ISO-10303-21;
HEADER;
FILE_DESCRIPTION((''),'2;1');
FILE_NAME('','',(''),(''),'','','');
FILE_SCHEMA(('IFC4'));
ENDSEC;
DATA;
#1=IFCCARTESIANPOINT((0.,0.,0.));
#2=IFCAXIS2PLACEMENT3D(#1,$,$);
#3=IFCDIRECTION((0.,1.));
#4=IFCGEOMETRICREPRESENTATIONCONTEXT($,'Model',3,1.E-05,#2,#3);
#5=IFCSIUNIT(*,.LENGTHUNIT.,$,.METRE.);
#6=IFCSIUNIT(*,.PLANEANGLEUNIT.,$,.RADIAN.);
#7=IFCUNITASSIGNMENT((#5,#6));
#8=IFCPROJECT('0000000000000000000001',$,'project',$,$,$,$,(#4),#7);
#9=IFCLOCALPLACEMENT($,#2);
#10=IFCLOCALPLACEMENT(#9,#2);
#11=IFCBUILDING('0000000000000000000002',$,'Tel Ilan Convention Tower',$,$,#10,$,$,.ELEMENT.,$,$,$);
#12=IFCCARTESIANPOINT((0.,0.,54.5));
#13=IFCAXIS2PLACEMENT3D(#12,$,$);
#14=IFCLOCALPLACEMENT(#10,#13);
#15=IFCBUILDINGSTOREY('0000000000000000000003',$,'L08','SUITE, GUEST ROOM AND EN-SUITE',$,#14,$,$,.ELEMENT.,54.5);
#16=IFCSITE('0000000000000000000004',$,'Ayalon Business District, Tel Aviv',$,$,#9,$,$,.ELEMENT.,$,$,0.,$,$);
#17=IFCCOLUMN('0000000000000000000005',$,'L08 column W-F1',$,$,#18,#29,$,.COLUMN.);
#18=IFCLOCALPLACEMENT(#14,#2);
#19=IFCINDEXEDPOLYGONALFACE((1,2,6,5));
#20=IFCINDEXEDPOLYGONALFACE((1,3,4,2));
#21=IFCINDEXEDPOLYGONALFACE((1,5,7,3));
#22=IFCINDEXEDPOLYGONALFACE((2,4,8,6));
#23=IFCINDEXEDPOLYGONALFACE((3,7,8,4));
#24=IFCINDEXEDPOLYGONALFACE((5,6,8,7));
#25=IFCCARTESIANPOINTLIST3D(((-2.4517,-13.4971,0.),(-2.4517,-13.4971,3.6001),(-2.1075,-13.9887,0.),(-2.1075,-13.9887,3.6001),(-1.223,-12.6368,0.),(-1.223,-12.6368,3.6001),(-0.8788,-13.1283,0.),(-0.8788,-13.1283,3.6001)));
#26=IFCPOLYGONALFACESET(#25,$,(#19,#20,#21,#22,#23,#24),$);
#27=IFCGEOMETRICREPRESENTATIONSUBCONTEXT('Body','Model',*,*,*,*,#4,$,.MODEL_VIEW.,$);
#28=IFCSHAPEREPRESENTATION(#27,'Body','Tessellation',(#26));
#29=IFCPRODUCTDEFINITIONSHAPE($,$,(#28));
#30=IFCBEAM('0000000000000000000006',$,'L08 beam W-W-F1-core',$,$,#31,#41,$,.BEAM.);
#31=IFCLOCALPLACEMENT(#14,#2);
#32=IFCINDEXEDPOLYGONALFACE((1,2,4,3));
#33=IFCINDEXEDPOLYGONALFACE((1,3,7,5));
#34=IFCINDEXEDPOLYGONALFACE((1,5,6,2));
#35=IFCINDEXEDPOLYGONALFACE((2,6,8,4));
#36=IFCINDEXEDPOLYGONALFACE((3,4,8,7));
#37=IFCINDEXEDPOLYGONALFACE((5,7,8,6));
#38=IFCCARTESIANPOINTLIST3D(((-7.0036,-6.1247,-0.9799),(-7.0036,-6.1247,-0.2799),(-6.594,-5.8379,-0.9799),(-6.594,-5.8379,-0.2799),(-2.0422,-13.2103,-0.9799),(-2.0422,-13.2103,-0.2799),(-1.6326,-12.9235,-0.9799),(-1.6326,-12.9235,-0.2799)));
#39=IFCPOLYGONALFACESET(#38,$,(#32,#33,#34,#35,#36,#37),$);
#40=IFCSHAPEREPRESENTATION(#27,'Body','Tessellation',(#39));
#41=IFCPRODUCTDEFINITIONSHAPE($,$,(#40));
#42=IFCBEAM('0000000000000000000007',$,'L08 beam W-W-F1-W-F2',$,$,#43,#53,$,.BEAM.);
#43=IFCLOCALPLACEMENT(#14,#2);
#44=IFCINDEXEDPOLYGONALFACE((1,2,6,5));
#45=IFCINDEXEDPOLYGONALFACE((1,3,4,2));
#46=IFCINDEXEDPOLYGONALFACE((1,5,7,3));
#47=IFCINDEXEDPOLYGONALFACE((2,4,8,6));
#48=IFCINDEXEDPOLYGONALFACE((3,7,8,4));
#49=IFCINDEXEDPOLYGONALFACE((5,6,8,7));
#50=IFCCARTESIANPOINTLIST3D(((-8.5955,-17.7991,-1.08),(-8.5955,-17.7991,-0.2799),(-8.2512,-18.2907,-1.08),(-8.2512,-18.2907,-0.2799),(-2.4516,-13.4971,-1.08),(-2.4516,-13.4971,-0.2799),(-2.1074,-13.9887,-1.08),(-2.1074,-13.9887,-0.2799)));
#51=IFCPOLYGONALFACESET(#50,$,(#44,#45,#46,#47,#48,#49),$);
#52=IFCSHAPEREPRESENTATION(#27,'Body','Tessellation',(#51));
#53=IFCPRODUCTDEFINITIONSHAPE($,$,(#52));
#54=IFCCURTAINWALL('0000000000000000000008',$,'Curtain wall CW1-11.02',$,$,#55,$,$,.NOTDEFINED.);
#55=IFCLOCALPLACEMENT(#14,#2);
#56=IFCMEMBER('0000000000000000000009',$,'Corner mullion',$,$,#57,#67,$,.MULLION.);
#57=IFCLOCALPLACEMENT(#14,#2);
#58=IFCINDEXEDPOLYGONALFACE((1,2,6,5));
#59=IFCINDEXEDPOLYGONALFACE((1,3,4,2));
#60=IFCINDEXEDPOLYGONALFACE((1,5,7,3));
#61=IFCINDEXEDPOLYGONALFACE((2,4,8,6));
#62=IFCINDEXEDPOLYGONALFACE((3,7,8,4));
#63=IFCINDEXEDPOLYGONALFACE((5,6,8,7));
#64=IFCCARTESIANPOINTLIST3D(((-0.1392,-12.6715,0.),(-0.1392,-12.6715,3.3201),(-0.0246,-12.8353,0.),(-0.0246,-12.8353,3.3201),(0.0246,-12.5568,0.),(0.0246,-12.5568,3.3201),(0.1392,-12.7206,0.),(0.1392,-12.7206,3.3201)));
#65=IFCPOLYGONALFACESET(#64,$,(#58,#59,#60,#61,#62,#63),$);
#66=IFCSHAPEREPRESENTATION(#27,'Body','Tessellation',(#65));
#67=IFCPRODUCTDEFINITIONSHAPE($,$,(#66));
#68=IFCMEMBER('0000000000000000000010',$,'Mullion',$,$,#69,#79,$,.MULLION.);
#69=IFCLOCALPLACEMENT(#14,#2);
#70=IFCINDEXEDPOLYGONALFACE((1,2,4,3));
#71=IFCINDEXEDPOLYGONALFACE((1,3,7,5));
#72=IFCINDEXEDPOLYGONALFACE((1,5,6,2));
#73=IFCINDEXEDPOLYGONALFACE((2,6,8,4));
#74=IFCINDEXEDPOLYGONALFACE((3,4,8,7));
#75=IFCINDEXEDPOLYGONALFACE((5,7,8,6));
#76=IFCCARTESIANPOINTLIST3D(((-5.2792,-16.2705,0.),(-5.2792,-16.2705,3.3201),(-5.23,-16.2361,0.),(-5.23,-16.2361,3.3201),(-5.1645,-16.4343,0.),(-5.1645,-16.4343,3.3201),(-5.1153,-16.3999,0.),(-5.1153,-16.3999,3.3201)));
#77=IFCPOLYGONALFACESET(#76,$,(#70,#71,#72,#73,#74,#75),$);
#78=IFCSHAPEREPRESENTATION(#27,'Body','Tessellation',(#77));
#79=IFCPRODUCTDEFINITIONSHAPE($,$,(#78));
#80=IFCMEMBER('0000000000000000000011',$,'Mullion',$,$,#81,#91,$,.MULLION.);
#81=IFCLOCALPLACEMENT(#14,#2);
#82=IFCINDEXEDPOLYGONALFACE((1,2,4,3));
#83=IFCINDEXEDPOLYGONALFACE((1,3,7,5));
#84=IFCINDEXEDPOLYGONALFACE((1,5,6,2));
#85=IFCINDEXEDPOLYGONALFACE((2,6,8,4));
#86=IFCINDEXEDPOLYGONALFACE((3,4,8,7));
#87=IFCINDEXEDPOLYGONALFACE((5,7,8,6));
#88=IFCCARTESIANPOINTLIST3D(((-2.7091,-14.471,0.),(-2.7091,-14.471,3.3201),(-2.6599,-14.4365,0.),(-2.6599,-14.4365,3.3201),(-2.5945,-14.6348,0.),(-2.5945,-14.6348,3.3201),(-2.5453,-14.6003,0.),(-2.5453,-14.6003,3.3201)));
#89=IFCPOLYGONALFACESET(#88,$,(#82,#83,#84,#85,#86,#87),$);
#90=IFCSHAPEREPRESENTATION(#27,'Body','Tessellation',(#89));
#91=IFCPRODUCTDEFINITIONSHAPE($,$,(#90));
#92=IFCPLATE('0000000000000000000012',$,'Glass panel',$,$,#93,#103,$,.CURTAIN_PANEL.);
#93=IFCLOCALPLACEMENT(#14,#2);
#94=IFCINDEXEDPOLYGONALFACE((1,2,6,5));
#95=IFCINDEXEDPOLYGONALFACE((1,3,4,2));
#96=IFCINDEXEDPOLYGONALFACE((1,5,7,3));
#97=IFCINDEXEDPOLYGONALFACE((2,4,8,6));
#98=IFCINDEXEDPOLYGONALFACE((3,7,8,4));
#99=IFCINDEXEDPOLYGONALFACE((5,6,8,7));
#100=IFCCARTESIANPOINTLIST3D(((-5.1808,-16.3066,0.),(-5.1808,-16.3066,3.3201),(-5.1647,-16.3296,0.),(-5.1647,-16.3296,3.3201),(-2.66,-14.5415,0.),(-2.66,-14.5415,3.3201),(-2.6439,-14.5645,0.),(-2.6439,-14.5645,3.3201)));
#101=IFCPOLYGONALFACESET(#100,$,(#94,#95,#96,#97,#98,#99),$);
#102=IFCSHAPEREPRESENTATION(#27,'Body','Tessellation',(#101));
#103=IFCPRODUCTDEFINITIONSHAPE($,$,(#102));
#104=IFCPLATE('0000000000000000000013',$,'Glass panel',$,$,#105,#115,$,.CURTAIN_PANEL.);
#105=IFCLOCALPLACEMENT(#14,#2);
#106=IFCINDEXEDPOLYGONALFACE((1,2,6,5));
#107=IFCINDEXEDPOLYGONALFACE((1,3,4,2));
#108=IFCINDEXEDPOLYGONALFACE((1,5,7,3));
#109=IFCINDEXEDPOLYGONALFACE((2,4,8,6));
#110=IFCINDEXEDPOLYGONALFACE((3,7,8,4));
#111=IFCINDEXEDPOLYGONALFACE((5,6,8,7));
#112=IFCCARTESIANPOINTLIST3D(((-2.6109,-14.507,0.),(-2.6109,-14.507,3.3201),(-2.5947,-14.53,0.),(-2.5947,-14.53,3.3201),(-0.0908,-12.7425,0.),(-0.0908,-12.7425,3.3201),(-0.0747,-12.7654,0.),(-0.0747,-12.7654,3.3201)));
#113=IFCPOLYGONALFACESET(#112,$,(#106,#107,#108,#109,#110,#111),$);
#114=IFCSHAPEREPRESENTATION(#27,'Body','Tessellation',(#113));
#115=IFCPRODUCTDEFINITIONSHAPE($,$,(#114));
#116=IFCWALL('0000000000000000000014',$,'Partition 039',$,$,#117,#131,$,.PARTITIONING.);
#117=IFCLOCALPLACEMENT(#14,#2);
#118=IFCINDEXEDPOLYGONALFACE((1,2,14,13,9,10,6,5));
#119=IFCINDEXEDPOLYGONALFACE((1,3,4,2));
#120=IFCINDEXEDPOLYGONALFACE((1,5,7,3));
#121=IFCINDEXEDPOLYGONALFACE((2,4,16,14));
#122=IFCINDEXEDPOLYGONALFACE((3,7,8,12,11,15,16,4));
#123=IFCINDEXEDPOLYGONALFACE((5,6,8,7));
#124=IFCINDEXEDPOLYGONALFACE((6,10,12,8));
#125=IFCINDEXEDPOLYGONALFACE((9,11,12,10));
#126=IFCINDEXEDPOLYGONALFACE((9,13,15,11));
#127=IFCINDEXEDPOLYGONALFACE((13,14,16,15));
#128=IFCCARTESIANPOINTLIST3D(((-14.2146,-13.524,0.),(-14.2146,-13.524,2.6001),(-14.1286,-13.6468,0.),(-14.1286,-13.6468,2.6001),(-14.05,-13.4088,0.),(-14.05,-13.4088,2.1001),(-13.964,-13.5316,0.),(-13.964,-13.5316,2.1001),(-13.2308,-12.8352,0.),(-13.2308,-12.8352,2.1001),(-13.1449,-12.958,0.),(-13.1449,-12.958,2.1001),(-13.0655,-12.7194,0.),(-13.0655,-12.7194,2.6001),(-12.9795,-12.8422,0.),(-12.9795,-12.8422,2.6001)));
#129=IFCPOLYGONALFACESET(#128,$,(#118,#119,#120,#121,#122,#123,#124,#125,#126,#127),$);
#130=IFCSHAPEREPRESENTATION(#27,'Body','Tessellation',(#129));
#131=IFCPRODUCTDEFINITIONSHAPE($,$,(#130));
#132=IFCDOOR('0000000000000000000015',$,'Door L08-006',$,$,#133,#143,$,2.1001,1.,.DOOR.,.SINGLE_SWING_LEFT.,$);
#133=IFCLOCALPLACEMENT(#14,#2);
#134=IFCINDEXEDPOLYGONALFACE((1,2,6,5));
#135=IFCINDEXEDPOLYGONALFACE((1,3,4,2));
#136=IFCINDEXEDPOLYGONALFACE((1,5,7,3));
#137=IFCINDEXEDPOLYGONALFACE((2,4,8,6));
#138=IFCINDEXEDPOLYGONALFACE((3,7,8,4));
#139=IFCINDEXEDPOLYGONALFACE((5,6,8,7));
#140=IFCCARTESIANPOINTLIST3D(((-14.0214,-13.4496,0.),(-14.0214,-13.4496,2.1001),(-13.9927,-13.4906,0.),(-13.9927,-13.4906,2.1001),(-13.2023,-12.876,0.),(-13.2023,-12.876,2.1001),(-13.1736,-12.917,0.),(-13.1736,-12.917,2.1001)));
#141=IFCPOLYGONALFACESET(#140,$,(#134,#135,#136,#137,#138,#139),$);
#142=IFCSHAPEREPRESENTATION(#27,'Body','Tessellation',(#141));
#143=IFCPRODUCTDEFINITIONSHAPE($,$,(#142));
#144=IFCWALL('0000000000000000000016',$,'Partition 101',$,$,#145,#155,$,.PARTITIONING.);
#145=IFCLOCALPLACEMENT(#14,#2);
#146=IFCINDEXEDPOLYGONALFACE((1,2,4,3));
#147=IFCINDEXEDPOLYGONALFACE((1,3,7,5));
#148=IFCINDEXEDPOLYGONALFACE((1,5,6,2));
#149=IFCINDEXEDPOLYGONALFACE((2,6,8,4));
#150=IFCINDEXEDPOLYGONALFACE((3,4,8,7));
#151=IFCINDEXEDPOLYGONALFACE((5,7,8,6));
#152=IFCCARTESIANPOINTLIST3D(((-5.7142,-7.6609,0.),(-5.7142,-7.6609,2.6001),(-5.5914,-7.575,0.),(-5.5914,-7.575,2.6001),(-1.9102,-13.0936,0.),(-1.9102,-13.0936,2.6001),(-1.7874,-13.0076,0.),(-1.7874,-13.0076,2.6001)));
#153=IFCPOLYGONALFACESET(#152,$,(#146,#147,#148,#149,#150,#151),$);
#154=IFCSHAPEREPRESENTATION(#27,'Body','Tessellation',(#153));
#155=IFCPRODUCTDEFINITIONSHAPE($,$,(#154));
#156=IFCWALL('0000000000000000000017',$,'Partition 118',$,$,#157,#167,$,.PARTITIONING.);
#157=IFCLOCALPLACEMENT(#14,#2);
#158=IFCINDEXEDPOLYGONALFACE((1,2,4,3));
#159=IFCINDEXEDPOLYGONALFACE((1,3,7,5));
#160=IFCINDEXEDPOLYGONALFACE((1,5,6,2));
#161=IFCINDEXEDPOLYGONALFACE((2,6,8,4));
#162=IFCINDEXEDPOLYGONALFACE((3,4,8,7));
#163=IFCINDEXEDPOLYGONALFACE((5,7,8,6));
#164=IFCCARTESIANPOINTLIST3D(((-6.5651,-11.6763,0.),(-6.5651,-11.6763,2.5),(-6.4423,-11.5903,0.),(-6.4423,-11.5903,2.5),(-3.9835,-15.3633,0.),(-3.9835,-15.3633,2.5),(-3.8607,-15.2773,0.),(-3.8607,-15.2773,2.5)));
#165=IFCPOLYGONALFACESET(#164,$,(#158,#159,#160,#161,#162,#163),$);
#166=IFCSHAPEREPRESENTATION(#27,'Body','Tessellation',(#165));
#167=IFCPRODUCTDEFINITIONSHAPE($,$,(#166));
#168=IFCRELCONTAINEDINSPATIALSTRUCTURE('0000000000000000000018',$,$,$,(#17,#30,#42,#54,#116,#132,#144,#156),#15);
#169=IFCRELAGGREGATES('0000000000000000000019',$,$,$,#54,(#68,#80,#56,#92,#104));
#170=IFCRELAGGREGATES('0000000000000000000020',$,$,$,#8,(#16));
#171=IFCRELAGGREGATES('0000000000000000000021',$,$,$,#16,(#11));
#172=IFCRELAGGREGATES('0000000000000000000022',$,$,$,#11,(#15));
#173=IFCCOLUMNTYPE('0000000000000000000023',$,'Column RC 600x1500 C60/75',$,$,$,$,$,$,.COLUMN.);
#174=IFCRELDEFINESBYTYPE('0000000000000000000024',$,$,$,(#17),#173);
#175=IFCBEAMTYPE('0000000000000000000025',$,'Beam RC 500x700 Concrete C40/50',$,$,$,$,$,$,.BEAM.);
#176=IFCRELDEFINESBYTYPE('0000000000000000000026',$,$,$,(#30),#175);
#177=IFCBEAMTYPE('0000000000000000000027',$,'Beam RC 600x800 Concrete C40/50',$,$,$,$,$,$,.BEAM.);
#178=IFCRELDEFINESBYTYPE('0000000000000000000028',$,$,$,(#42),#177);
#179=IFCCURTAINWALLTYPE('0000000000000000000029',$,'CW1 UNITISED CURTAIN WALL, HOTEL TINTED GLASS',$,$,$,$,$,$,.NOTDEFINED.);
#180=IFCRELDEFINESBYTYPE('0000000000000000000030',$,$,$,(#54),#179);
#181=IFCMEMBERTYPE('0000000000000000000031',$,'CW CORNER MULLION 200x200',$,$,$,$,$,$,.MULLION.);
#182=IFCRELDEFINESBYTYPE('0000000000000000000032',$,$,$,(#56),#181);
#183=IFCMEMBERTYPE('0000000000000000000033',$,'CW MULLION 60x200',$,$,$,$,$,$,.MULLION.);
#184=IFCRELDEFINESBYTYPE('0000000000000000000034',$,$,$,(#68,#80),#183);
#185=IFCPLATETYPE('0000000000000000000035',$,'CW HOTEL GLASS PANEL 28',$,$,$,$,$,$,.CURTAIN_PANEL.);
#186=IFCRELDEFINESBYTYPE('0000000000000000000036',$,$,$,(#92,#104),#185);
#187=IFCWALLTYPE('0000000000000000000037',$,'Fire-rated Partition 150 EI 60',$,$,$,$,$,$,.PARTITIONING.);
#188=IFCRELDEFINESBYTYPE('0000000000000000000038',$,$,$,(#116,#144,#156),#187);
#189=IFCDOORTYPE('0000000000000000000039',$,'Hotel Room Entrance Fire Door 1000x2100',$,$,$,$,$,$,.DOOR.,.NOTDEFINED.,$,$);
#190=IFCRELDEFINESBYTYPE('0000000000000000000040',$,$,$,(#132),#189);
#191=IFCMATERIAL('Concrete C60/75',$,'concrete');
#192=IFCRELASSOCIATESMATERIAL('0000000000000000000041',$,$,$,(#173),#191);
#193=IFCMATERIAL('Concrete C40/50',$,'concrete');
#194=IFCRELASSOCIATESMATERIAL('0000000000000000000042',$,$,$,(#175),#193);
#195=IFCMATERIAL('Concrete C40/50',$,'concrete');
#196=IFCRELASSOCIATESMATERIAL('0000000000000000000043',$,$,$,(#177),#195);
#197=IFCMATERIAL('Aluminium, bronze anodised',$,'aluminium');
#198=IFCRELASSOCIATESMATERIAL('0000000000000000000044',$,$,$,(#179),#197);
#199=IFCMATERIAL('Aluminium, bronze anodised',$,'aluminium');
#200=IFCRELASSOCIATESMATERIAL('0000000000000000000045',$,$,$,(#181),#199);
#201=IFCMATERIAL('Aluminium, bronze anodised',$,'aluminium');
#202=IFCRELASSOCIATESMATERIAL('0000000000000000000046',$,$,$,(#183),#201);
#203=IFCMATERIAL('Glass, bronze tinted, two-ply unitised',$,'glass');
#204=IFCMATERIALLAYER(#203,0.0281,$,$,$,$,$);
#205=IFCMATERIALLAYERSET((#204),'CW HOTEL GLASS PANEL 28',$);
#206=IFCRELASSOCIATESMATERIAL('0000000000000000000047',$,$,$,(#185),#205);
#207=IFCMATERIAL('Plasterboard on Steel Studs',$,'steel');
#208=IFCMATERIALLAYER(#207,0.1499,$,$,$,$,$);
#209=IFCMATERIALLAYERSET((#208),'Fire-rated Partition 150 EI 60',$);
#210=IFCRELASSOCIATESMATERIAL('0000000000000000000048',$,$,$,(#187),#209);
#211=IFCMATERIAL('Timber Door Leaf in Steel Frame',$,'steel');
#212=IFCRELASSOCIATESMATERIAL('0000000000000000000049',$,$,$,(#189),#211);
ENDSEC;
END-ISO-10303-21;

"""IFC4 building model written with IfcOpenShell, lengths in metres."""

from ifc_helpers import new_model, si_unit, direction, frame, frame_2d, origin, origin_2d, place, context, subcontext, project, spatial, rectangle, extrude, material, layer, layer_set, material_profile, profile_set, type_object, element, fill, aggregate, save


model = new_model("IFC4")

# Units and contexts
model_context = context("Model", 3, precision=1e-05, world=origin(), true_north=direction((0.0, 1.0)))
body_context = subcontext(model_context, "Body", "Model", "MODEL_VIEW")
ifc_project = project(units=[si_unit("LENGTHUNIT", "METRE"), si_unit("PLANEANGLEUNIT", "RADIAN")], contexts=[model_context])

# Site, building, storey
site_placement = place(None, origin())
site = spatial("IfcSite", under=ifc_project, at=site_placement, Name="Ayalon Business District, Tel Aviv", CompositionType="ELEMENT", RefElevation=0.0)
building_placement = place(site_placement, origin())
building = spatial("IfcBuilding", under=site, at=building_placement, Name="Tel Ilan Convention Tower", CompositionType="ELEMENT")
storey_placement = place(building_placement, frame((0.0, 0.0, 54.5)))
storey = spatial("IfcBuildingStorey", under=building, at=storey_placement, Name="L08", Description="SUITE, GUEST ROOM AND EN-SUITE", CompositionType="ELEMENT", Elevation=54.5)

# Column
ifc_material_1 = material(Name="Concrete C60/75", Category="concrete")
ifc_material_profile_1 = material_profile(ifc_material_1, rectangle(XDim=1.5, YDim=0.6001, at=origin_2d()), Name="RC 600x1500")
ifc_profile_set_1 = profile_set([ifc_material_profile_1], Name="Concrete C60/75")
column_type = type_object("IfcColumnType", Name="Column RC 600x1500 C60/75", PredefinedType="COLUMN", material=ifc_profile_set_1)
column_placement = place(storey_placement, frame((-1.6653, -13.3127, 0.0), z_axis=(0.0, 0.0, 1.0), x_axis=(-0.819152, -0.573576, 0.0)))
element("IfcColumn", 1, at=column_placement, inside=storey, type_object=column_type, Name="L08 column W-F1", PredefinedType="COLUMN", context=body_context, shape_type="SweptSolid", body=[
    extrude(rectangle(XDim=1.5, YDim=0.6001, at=origin_2d()), origin(), (0.0, 0.0, 1.0), 3.6001),
])

# Beams
ifc_material_2 = material(Name="Concrete C40/50", Category="concrete")
ifc_material_profile_2 = material_profile(ifc_material_2, rectangle(XDim=0.5, YDim=0.7, at=origin_2d()), Name="RC 500x700")
ifc_profile_set_2 = profile_set([ifc_material_profile_2], Name="Concrete C40/50")
beam_type_1 = type_object("IfcBeamType", Name="Beam RC 500x700 Concrete C40/50", PredefinedType="BEAM", material=ifc_profile_set_2)
beam_1_placement = place(storey_placement, frame((-1.8374, -13.0669, -0.6299), z_axis=(-0.573574, 0.819154, 0.0), x_axis=(-0.819154, -0.573574, 0.0)))
element("IfcBeam", 2, at=beam_1_placement, inside=storey, type_object=beam_type_1, Name="L08 beam W-W-F1-core", PredefinedType="BEAM", context=body_context, shape_type="SweptSolid", body=[
    extrude(rectangle(XDim=0.5, YDim=0.7, at=origin_2d()), origin(), (0.0, 0.0, 1.0), 8.6499),
])
ifc_material_3 = material(Name="Concrete C40/50", Category="concrete")
ifc_material_profile_3 = material_profile(ifc_material_3, rectangle(XDim=0.6001, YDim=0.8, at=origin_2d()), Name="RC 600x800")
ifc_profile_set_3 = profile_set([ifc_material_profile_3], Name="Concrete C40/50")
beam_type_2 = type_object("IfcBeamType", Name="Beam RC 600x800 Concrete C40/50", PredefinedType="BEAM", material=ifc_profile_set_3)
beam_2_placement = place(storey_placement, frame((-2.2795, -13.7429, -0.6799), z_axis=(-0.819148, -0.573582, 0.0), x_axis=(0.573582, -0.819148, 0.0)))
element("IfcBeam", 3, at=beam_2_placement, inside=storey, type_object=beam_type_2, Name="L08 beam W-W-F1-W-F2", PredefinedType="BEAM", context=body_context, shape_type="SweptSolid", body=[
    extrude(rectangle(XDim=0.6001, YDim=0.8, at=origin_2d()), origin(), (0.0, 0.0, 1.0), 7.5002),
])

# Curtain wall, members, plates
ifc_material_4 = material(Name="Aluminium, bronze anodised", Category="aluminium")
curtain_wall_type = type_object("IfcCurtainWallType", Name="CW1 UNITISED CURTAIN WALL, HOTEL TINTED GLASS", PredefinedType="NOTDEFINED", material=ifc_material_4)
curtain_wall_placement = place(storey_placement, origin())
curtain_wall = element("IfcCurtainWall", 4, at=curtain_wall_placement, inside=storey, type_object=curtain_wall_type, Name="Curtain wall CW1-11.02", PredefinedType="NOTDEFINED")
ifc_material_5 = material(Name="Aluminium, bronze anodised", Category="aluminium")
ifc_material_profile_4 = material_profile(ifc_material_5, rectangle(XDim=0.2, YDim=0.2, at=origin_2d()), Name="CW CORNER MULLION 200x200")
ifc_profile_set_4 = profile_set([ifc_material_profile_4], Name="Aluminium, bronze anodised")
member_type_1 = type_object("IfcMemberType", Name="CW CORNER MULLION 200x200", PredefinedType="MULLION", material=ifc_profile_set_4)
member_1_placement = place(storey_placement, frame((0.0, -12.696, 0.0), z_axis=(0.0, 0.0, 1.0), x_axis=(0.819152, 0.573576, 0.0)))
member_1 = element("IfcMember", 5, at=member_1_placement, type_object=member_type_1, Name="Corner mullion", PredefinedType="MULLION", context=body_context, shape_type="SweptSolid", body=[
    extrude(rectangle(XDim=0.2, YDim=0.2, at=origin_2d()), origin(), (0.0, 0.0, 1.0), 3.3201),
])
ifc_material_6 = material(Name="Aluminium, bronze anodised", Category="aluminium")
ifc_material_profile_5 = material_profile(ifc_material_6, rectangle(XDim=0.0601, YDim=0.2, at=origin_2d()), Name="CW MULLION 60x200")
ifc_profile_set_5 = profile_set([ifc_material_profile_5], Name="Aluminium, bronze anodised")
member_type_2 = type_object("IfcMemberType", Name="CW MULLION 60x200", PredefinedType="MULLION", material=ifc_profile_set_5)
member_2_placement = place(storey_placement, frame((-5.1973, -16.3352, 0.0), z_axis=(0.0, 0.0, 1.0), x_axis=(0.819152, 0.573576, 0.0)))
member_2 = element("IfcMember", 6, at=member_2_placement, type_object=member_type_2, Name="Mullion", PredefinedType="MULLION", context=body_context, shape_type="SweptSolid", body=[
    extrude(rectangle(XDim=0.0601, YDim=0.2, at=origin_2d()), origin(), (0.0, 0.0, 1.0), 3.3201),
])
member_3_placement = place(storey_placement, frame((-2.6272, -14.5356, 0.0), z_axis=(0.0, 0.0, 1.0), x_axis=(0.819152, 0.573576, 0.0)))
member_3 = element("IfcMember", 7, at=member_3_placement, type_object=member_type_2, Name="Mullion", PredefinedType="MULLION", context=body_context, shape_type="SweptSolid", body=[
    extrude(rectangle(XDim=0.0601, YDim=0.2, at=origin_2d()), origin(), (0.0, 0.0, 1.0), 3.3201),
])
ifc_material_7 = material(Name="Glass, bronze tinted, two-ply unitised", Category="glass")
ifc_layer_1 = layer(ifc_material_7, 0.0281)
ifc_layer_set_1 = layer_set([ifc_layer_1], Name="CW HOTEL GLASS PANEL 28")
plate_type = type_object("IfcPlateType", Name="CW HOTEL GLASS PANEL 28", PredefinedType="CURTAIN_PANEL", material=ifc_layer_set_1)
plate_1_placement = place(storey_placement, frame((-3.9124, -15.4355, 0.0), z_axis=(0.0, 0.0, 1.0), x_axis=(0.819152, 0.573576, 0.0)))
plate_1 = element("IfcPlate", 8, at=plate_1_placement, type_object=plate_type, Name="Glass panel", PredefinedType="CURTAIN_PANEL", context=body_context, shape_type="SweptSolid", body=[
    extrude(rectangle(XDim=3.0774, YDim=0.0281, at=origin_2d()), origin(), (0.0, 0.0, 1.0), 3.3201),
])
plate_2_placement = place(storey_placement, frame((-1.3428, -13.6362, 0.0), z_axis=(0.0, 0.0, 1.0), x_axis=(0.819152, 0.573576, 0.0)))
plate_2 = element("IfcPlate", 9, at=plate_2_placement, type_object=plate_type, Name="Glass panel", PredefinedType="CURTAIN_PANEL", context=body_context, shape_type="SweptSolid", body=[
    extrude(rectangle(XDim=3.0764, YDim=0.0281, at=origin_2d()), origin(), (0.0, 0.0, 1.0), 3.3201),
])
aggregate(curtain_wall, [member_2, member_3, member_1, plate_1, plate_2])

# Wall, opening, door
ifc_material_8 = material(Name="Plasterboard on Steel Studs", Category="steel")
ifc_layer_2 = layer(ifc_material_8, 0.1499)
ifc_layer_set_2 = layer_set([ifc_layer_2], Name="Fire-rated Partition 150 EI 60")
wall_type_1 = type_object("IfcWallType", Name="Fire-rated Partition 150 EI 60", PredefinedType="PARTITIONING", material=ifc_layer_set_2)
wall_1_placement = place(storey_placement, frame((-13.0225, -12.7808, 0.0), z_axis=(0.0, 0.0, 1.0), x_axis=(-0.819142, -0.573591, 0.0)))
wall_1 = element("IfcWall", 10, at=wall_1_placement, inside=storey, type_object=wall_type_1, Name="Partition 039", PredefinedType="PARTITIONING", context=body_context, shape_type="SweptSolid", body=[
    extrude(rectangle(XDim=1.4028, YDim=0.1499, at=frame_2d((0.7014, 0.0))), origin(), (0.0, 0.0, 1.0), 2.6001),
])
opening_1_placement = place(wall_1_placement, frame((0.2019, 0.0, 0.0)))
opening_1 = element("IfcOpeningElement", 11, at=opening_1_placement, cuts=wall_1, PredefinedType="OPENING", context=body_context, shape_type="SweptSolid", body=[
    extrude(rectangle(XDim=1.0, YDim=2.1001, at=frame_2d((0.5, 1.05))), frame((0.0, 0.085, 0.0), z_axis=(0.0, -1.0, 0.0), x_axis=(1.0, 0.0, 0.0)), (0.0, 0.0, 1.0), 0.1699),
])
ifc_material_9 = material(Name="Timber Door Leaf in Steel Frame", Category="steel")
door_type_1 = type_object("IfcDoorType", Name="Hotel Room Entrance Fire Door 1000x2100", OperationType="NOTDEFINED", PredefinedType="DOOR", material=ifc_material_9)
door_1_placement = place(opening_1_placement, origin())
door_1 = element("IfcDoor", 12, at=door_1_placement, inside=storey, type_object=door_type_1, Name="Door L08-006", OperationType="SINGLE_SWING_LEFT", OverallHeight=2.1001, OverallWidth=1.0, PredefinedType="DOOR", context=body_context, shape_type="SweptSolid", body=[
    extrude(rectangle(XDim=1.0, YDim=2.1001, at=frame_2d((0.5, 1.05))), frame((0.0, 0.0249, 0.0), z_axis=(0.0, -1.0, 0.0), x_axis=(1.0, 0.0, 0.0)), (0.0, 0.0, 1.0), 0.05),
])
fill(opening_1, door_1)

# Walls
wall_2_placement = place(storey_placement, frame((-1.8489, -13.0505, 0.0), z_axis=(0.0, 0.0, 1.0), x_axis=(-0.573576, 0.819152, 0.0)))
element("IfcWall", 13, at=wall_2_placement, inside=storey, type_object=wall_type_1, Name="Partition 101", PredefinedType="PARTITIONING", context=body_context, shape_type="SweptSolid", body=[
    extrude(rectangle(XDim=6.6321, YDim=0.1499, at=frame_2d((3.3159, 0.0))), origin(), (0.0, 0.0, 1.0), 2.6001),
])
wall_3_placement = place(storey_placement, frame((-3.9221, -15.3203, 0.0), z_axis=(0.0, 0.0, 1.0), x_axis=(-0.573557, 0.819166, 0.0)))
element("IfcWall", 14, at=wall_3_placement, inside=storey, type_object=wall_type_1, Name="Partition 118", PredefinedType="PARTITIONING", context=body_context, shape_type="SweptSolid", body=[
    extrude(rectangle(XDim=4.501, YDim=0.1499, at=frame_2d((2.2505, 0.0))), origin(), (0.0, 0.0, 1.0), 2.5),
])

save(model, "model.ifc")
